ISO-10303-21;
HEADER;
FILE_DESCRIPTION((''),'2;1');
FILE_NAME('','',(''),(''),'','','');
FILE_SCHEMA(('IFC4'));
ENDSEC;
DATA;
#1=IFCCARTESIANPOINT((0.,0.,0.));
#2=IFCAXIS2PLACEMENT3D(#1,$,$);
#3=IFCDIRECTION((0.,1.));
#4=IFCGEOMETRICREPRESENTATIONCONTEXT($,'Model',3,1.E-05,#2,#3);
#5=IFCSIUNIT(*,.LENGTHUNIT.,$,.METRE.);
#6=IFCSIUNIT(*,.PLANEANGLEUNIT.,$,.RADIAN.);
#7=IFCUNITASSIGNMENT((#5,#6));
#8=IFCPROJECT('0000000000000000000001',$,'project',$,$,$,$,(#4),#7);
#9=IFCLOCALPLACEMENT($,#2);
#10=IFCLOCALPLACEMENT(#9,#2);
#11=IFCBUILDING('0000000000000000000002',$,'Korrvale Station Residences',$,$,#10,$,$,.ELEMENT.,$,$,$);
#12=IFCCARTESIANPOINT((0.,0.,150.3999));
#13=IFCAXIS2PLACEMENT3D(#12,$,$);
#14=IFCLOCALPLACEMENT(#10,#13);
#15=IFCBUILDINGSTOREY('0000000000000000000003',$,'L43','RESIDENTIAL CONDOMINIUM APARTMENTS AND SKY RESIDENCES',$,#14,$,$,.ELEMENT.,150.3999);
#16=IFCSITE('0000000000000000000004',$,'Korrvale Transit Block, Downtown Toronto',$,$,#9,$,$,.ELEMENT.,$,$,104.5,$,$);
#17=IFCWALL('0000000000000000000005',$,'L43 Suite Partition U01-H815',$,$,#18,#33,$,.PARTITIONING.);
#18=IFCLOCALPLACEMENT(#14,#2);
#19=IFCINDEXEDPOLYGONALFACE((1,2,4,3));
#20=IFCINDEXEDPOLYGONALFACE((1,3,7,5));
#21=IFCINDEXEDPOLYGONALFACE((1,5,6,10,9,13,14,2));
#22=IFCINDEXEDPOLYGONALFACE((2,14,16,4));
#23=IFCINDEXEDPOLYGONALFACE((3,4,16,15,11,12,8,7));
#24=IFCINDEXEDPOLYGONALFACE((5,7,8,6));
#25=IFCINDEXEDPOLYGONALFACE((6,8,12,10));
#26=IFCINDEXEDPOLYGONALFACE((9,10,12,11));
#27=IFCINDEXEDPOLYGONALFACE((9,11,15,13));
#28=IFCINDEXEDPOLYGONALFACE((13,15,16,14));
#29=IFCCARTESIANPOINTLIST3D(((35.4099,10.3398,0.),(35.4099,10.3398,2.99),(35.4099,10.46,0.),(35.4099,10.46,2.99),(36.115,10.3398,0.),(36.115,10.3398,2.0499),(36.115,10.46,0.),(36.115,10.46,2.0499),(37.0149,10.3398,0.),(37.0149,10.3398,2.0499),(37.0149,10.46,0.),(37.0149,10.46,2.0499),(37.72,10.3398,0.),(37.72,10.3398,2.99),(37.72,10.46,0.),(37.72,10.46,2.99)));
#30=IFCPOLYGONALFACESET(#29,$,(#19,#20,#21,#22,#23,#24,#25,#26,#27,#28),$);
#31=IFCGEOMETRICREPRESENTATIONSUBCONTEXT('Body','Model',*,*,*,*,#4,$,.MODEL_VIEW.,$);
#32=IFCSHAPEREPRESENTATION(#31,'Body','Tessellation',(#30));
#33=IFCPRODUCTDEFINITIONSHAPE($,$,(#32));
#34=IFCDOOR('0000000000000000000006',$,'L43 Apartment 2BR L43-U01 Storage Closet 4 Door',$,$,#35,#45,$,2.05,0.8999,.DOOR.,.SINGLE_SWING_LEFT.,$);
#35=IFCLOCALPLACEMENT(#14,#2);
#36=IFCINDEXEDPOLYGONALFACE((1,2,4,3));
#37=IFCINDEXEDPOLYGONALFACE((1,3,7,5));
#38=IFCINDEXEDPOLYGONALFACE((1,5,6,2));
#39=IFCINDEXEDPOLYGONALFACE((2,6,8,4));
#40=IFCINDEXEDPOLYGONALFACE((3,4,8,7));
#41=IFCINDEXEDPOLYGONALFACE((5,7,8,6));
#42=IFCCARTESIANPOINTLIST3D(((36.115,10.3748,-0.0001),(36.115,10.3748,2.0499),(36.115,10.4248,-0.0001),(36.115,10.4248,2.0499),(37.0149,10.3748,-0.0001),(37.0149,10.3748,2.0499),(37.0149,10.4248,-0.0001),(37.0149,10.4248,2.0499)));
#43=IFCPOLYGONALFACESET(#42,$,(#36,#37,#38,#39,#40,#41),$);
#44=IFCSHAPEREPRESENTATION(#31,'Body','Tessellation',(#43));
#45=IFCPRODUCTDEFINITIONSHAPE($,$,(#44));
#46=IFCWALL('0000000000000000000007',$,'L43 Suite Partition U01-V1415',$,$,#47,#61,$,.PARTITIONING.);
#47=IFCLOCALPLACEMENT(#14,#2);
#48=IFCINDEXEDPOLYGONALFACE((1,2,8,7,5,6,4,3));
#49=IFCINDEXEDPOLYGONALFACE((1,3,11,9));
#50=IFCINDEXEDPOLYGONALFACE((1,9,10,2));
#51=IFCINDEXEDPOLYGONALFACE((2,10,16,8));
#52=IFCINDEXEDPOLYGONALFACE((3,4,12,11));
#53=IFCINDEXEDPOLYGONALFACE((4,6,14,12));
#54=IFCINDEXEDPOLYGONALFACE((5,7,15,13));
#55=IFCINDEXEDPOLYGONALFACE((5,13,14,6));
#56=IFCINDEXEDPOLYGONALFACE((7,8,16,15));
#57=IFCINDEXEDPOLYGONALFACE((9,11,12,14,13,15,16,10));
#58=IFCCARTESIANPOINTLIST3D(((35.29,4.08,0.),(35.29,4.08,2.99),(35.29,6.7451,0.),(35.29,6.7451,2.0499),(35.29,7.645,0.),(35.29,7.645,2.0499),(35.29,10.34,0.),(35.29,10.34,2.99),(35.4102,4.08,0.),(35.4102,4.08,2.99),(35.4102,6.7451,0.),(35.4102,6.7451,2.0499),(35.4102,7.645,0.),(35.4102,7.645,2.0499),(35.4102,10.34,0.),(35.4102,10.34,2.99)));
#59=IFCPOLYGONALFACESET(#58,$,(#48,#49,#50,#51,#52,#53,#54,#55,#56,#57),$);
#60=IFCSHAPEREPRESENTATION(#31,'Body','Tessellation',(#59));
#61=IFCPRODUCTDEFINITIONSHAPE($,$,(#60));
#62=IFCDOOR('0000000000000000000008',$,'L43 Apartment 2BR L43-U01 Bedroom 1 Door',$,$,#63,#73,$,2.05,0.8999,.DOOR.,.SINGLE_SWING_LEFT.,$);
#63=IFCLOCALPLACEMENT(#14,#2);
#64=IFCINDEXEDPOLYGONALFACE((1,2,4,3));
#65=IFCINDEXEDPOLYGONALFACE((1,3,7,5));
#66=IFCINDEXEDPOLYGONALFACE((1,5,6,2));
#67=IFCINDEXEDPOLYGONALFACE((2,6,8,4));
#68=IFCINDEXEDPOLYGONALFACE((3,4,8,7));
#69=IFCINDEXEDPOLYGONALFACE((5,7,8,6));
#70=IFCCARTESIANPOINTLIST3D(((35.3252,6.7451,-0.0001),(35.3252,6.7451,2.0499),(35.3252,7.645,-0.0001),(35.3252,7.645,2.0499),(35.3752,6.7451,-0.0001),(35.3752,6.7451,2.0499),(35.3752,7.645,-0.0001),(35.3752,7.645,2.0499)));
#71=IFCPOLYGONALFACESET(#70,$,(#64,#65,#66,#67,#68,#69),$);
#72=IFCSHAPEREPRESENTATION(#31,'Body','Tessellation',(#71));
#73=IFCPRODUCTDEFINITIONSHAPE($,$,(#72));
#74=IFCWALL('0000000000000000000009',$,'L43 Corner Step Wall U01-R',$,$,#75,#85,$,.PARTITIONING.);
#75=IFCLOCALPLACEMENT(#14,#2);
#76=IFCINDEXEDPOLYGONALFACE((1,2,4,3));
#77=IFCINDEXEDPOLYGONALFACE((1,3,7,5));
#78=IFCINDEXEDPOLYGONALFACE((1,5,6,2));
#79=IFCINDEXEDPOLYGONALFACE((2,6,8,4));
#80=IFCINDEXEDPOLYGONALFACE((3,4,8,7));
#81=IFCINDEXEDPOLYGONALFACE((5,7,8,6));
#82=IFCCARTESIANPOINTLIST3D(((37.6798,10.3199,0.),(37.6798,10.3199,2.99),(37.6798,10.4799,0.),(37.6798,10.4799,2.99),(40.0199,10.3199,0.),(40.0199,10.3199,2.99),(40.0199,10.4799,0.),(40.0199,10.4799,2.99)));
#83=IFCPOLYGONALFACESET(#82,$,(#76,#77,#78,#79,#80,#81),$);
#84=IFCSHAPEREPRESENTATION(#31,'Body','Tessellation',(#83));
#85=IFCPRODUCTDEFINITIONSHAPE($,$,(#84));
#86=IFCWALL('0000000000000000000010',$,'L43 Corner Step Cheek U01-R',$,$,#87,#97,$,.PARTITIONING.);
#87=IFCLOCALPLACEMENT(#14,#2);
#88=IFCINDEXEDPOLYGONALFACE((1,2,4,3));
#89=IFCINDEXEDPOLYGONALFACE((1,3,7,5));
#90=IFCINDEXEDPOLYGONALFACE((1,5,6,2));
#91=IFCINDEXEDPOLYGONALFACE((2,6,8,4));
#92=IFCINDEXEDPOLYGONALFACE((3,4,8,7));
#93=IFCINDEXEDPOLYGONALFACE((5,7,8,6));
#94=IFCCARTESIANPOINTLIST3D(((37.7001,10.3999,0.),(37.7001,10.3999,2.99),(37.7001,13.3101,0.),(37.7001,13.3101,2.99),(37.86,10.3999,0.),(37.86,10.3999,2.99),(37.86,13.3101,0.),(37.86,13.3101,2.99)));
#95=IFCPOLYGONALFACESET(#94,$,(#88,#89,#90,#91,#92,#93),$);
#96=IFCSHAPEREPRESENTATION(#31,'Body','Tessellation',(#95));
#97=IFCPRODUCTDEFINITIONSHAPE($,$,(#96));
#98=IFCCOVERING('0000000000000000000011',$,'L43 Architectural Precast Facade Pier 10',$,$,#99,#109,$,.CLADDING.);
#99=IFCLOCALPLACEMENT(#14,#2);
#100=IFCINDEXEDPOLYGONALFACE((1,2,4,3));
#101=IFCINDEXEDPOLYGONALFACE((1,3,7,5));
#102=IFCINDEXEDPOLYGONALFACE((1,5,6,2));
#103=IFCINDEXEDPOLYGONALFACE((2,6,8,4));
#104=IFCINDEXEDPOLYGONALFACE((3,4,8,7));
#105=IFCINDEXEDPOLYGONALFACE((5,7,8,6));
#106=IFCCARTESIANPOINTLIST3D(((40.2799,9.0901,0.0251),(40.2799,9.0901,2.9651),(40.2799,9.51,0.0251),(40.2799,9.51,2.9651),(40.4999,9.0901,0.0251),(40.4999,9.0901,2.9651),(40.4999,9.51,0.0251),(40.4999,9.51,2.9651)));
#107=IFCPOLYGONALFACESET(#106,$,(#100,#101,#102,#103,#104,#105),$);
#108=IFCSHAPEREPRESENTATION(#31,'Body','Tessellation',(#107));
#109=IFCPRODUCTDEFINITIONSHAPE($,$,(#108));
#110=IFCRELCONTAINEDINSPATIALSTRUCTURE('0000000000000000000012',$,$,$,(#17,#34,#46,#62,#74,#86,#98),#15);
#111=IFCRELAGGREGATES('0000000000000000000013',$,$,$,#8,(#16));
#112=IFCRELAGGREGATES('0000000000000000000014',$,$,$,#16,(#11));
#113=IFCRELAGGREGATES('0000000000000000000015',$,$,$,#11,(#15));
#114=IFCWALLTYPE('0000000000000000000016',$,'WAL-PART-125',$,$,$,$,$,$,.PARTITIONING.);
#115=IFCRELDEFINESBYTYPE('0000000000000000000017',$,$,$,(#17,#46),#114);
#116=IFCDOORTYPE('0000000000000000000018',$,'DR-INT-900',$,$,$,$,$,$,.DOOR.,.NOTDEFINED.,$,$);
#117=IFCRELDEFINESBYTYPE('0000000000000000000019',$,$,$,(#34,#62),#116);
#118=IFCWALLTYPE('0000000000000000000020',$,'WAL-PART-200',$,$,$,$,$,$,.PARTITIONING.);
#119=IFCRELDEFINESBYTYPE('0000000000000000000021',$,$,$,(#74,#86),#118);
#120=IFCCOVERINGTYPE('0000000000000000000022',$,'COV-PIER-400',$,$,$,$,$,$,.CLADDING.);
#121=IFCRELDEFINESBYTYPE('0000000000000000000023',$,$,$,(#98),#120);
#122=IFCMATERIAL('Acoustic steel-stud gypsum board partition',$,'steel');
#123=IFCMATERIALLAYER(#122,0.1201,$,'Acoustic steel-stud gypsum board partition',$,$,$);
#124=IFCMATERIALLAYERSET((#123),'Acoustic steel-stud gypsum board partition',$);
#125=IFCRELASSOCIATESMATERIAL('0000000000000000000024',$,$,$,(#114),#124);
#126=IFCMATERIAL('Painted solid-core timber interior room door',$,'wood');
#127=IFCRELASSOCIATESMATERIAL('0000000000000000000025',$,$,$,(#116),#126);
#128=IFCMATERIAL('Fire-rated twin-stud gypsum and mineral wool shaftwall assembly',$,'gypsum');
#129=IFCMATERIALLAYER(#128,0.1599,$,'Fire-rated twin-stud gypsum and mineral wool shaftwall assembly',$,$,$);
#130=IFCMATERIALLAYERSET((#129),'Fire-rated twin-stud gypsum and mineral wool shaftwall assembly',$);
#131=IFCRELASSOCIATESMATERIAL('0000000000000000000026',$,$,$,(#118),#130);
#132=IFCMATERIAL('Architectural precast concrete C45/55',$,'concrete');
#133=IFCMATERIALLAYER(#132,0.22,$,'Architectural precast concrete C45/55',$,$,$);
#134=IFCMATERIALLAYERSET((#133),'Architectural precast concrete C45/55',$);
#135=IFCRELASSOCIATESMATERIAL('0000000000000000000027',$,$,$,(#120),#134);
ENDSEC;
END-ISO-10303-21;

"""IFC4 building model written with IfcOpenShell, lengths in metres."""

from ifc_helpers import new_model, si_unit, direction, frame, frame_2d, origin, origin_2d, place, context, subcontext, project, spatial, rectangle, extrude, material, layer, layer_set, type_object, element, fill, save


model = new_model("IFC4")

# Units and contexts
model_context = context("Model", 3, precision=1e-05, world=origin(), true_north=direction((0.0, 1.0)))
body_context = subcontext(model_context, "Body", "Model", "MODEL_VIEW")
ifc_project = project(units=[si_unit("LENGTHUNIT", "METRE"), si_unit("PLANEANGLEUNIT", "RADIAN")], contexts=[model_context])

# Site, building, storey
site_placement = place(None, origin())
site = spatial("IfcSite", under=ifc_project, at=site_placement, Name="Korrvale Transit Block, Downtown Toronto", CompositionType="ELEMENT", RefElevation=104.5)
building_placement = place(site_placement, origin())
building = spatial("IfcBuilding", under=site, at=building_placement, Name="Korrvale Station Residences", CompositionType="ELEMENT")
storey_placement = place(building_placement, frame((0.0, 0.0, 150.3999)))
storey = spatial("IfcBuildingStorey", under=building, at=storey_placement, Name="L43", Description="RESIDENTIAL CONDOMINIUM APARTMENTS AND SKY RESIDENCES", CompositionType="ELEMENT", Elevation=150.3999)

# Shared definitions
ifc_material_1 = material(Name="Acoustic steel-stud gypsum board partition", Category="steel")
ifc_layer_1 = layer(ifc_material_1, 0.1201, Name="Acoustic steel-stud gypsum board partition")
ifc_layer_set_1 = layer_set([ifc_layer_1], Name="Acoustic steel-stud gypsum board partition")
wall_type_1 = type_object("IfcWallType", Name="WAL-PART-125", PredefinedType="PARTITIONING", material=ifc_layer_set_1)
ifc_material_2 = material(Name="Painted solid-core timber interior room door", Category="wood")
door_type = type_object("IfcDoorType", Name="DR-INT-900", OperationType="NOTDEFINED", PredefinedType="DOOR", material=ifc_material_2)

# Walls, openings, doors
wall_1_placement = place(storey_placement, frame((35.4099, 10.3999, 0.0), z_axis=(0.0, 0.0, 1.0), x_axis=(1.0, 0.0, 0.0)))
wall_1 = element("IfcWall", 1, at=wall_1_placement, inside=storey, type_object=wall_type_1, Name="L43 Suite Partition U01-H815", PredefinedType="PARTITIONING", context=body_context, shape_type="SweptSolid", body=[
    extrude(rectangle(XDim=2.3101, YDim=0.1201, at=frame_2d((1.155, 0.0))), origin(), (0.0, 0.0, 1.0), 2.99),
])
opening_1_placement = place(wall_1_placement, frame((0.7051, 0.0, 0.0)))
opening_1 = element("IfcOpeningElement", 2, at=opening_1_placement, cuts=wall_1, PredefinedType="OPENING", context=body_context, shape_type="SweptSolid", body=[
    extrude(rectangle(XDim=0.8999, YDim=2.05, at=frame_2d((0.45, 1.0249))), frame((0.0, 0.0701, 0.0), z_axis=(0.0, -1.0, 0.0), x_axis=(1.0, 0.0, 0.0)), (0.0, 0.0, 1.0), 0.1401),
])
door_1_placement = place(opening_1_placement, origin())
door_1 = element("IfcDoor", 3, at=door_1_placement, inside=storey, type_object=door_type, Name="L43 Apartment 2BR L43-U01 Storage Closet 4 Door", OperationType="SINGLE_SWING_LEFT", OverallHeight=2.05, OverallWidth=0.8999, PredefinedType="DOOR", context=body_context, shape_type="SweptSolid", body=[
    extrude(rectangle(XDim=0.8999, YDim=2.05, at=frame_2d((0.45, 1.0249))), frame((0.0, 0.0249, 0.0), z_axis=(0.0, -1.0, 0.0), x_axis=(1.0, 0.0, 0.0)), (0.0, 0.0, 1.0), 0.05),
])
fill(opening_1, door_1)
wall_2_placement = place(storey_placement, frame((35.3501, 4.0801, 0.0), z_axis=(0.0, 0.0, 1.0), x_axis=(0.0, 1.0, 0.0)))
wall_2 = element("IfcWall", 4, at=wall_2_placement, inside=storey, type_object=wall_type_1, Name="L43 Suite Partition U01-V1415", PredefinedType="PARTITIONING", context=body_context, shape_type="SweptSolid", body=[
    extrude(rectangle(XDim=6.26, YDim=0.1201, at=frame_2d((3.1299, 0.0))), origin(), (0.0, 0.0, 1.0), 2.99),
])
opening_2_placement = place(wall_2_placement, frame((2.665, 0.0, 0.0)))
opening_2 = element("IfcOpeningElement", 5, at=opening_2_placement, cuts=wall_2, PredefinedType="OPENING", context=body_context, shape_type="SweptSolid", body=[
    extrude(rectangle(XDim=0.8999, YDim=2.05, at=frame_2d((0.45, 1.0249))), frame((0.0, 0.0701, 0.0), z_axis=(0.0, -1.0, 0.0), x_axis=(1.0, 0.0, 0.0)), (0.0, 0.0, 1.0), 0.1401),
])
door_2_placement = place(opening_2_placement, origin())
door_2 = element("IfcDoor", 6, at=door_2_placement, inside=storey, type_object=door_type, Name="L43 Apartment 2BR L43-U01 Bedroom 1 Door", OperationType="SINGLE_SWING_LEFT", OverallHeight=2.05, OverallWidth=0.8999, PredefinedType="DOOR", context=body_context, shape_type="SweptSolid", body=[
    extrude(rectangle(XDim=0.8999, YDim=2.05, at=frame_2d((0.45, 1.0249))), frame((0.0, 0.0249, 0.0), z_axis=(0.0, -1.0, 0.0), x_axis=(1.0, 0.0, 0.0)), (0.0, 0.0, 1.0), 0.05),
])
fill(opening_2, door_2)

# Walls
ifc_material_3 = material(Name="Fire-rated twin-stud gypsum and mineral wool shaftwall assembly", Category="gypsum")
ifc_layer_2 = layer(ifc_material_3, 0.1599, Name="Fire-rated twin-stud gypsum and mineral wool shaftwall assembly")
ifc_layer_set_2 = layer_set([ifc_layer_2], Name="Fire-rated twin-stud gypsum and mineral wool shaftwall assembly")
wall_type_2 = type_object("IfcWallType", Name="WAL-PART-200", PredefinedType="PARTITIONING", material=ifc_layer_set_2)
wall_3_placement = place(storey_placement, frame((37.6799, 10.3999, 0.0), z_axis=(0.0, 0.0, 1.0), x_axis=(1.0, 0.0, 0.0)))
element("IfcWall", 7, at=wall_3_placement, inside=storey, type_object=wall_type_2, Name="L43 Corner Step Wall U01-R", PredefinedType="PARTITIONING", context=body_context, shape_type="SweptSolid", body=[
    extrude(rectangle(XDim=2.3401, YDim=0.1599, at=frame_2d((1.1699, 0.0))), origin(), (0.0, 0.0, 1.0), 2.99),
])
wall_4_placement = place(storey_placement, frame((37.78, 10.3999, 0.0), z_axis=(0.0, 0.0, 1.0), x_axis=(0.0, 1.0, 0.0)))
element("IfcWall", 8, at=wall_4_placement, inside=storey, type_object=wall_type_2, Name="L43 Corner Step Cheek U01-R", PredefinedType="PARTITIONING", context=body_context, shape_type="SweptSolid", body=[
    extrude(rectangle(XDim=2.9102, YDim=0.1599, at=frame_2d((1.4551, 0.0))), origin(), (0.0, 0.0, 1.0), 2.99),
])

# Covering
ifc_material_4 = material(Name="Architectural precast concrete C45/55", Category="concrete")
ifc_layer_3 = layer(ifc_material_4, 0.22, Name="Architectural precast concrete C45/55")
ifc_layer_set_3 = layer_set([ifc_layer_3], Name="Architectural precast concrete C45/55")
covering_type = type_object("IfcCoveringType", Name="COV-PIER-400", PredefinedType="CLADDING", material=ifc_layer_set_3)
covering_placement = place(storey_placement, frame((40.3899, 9.3, 0.0251), z_axis=(0.0, 0.0, 1.0), x_axis=(0.0, 1.0, 0.0)))
element("IfcCovering", 9, at=covering_placement, inside=storey, type_object=covering_type, Name="L43 Architectural Precast Facade Pier 10", PredefinedType="CLADDING", context=body_context, shape_type="SweptSolid", body=[
    extrude(rectangle(XDim=0.4199, YDim=0.22, at=origin_2d()), origin(), (0.0, 0.0, 1.0), 2.9399),
])

save(model, "model.ifc")
